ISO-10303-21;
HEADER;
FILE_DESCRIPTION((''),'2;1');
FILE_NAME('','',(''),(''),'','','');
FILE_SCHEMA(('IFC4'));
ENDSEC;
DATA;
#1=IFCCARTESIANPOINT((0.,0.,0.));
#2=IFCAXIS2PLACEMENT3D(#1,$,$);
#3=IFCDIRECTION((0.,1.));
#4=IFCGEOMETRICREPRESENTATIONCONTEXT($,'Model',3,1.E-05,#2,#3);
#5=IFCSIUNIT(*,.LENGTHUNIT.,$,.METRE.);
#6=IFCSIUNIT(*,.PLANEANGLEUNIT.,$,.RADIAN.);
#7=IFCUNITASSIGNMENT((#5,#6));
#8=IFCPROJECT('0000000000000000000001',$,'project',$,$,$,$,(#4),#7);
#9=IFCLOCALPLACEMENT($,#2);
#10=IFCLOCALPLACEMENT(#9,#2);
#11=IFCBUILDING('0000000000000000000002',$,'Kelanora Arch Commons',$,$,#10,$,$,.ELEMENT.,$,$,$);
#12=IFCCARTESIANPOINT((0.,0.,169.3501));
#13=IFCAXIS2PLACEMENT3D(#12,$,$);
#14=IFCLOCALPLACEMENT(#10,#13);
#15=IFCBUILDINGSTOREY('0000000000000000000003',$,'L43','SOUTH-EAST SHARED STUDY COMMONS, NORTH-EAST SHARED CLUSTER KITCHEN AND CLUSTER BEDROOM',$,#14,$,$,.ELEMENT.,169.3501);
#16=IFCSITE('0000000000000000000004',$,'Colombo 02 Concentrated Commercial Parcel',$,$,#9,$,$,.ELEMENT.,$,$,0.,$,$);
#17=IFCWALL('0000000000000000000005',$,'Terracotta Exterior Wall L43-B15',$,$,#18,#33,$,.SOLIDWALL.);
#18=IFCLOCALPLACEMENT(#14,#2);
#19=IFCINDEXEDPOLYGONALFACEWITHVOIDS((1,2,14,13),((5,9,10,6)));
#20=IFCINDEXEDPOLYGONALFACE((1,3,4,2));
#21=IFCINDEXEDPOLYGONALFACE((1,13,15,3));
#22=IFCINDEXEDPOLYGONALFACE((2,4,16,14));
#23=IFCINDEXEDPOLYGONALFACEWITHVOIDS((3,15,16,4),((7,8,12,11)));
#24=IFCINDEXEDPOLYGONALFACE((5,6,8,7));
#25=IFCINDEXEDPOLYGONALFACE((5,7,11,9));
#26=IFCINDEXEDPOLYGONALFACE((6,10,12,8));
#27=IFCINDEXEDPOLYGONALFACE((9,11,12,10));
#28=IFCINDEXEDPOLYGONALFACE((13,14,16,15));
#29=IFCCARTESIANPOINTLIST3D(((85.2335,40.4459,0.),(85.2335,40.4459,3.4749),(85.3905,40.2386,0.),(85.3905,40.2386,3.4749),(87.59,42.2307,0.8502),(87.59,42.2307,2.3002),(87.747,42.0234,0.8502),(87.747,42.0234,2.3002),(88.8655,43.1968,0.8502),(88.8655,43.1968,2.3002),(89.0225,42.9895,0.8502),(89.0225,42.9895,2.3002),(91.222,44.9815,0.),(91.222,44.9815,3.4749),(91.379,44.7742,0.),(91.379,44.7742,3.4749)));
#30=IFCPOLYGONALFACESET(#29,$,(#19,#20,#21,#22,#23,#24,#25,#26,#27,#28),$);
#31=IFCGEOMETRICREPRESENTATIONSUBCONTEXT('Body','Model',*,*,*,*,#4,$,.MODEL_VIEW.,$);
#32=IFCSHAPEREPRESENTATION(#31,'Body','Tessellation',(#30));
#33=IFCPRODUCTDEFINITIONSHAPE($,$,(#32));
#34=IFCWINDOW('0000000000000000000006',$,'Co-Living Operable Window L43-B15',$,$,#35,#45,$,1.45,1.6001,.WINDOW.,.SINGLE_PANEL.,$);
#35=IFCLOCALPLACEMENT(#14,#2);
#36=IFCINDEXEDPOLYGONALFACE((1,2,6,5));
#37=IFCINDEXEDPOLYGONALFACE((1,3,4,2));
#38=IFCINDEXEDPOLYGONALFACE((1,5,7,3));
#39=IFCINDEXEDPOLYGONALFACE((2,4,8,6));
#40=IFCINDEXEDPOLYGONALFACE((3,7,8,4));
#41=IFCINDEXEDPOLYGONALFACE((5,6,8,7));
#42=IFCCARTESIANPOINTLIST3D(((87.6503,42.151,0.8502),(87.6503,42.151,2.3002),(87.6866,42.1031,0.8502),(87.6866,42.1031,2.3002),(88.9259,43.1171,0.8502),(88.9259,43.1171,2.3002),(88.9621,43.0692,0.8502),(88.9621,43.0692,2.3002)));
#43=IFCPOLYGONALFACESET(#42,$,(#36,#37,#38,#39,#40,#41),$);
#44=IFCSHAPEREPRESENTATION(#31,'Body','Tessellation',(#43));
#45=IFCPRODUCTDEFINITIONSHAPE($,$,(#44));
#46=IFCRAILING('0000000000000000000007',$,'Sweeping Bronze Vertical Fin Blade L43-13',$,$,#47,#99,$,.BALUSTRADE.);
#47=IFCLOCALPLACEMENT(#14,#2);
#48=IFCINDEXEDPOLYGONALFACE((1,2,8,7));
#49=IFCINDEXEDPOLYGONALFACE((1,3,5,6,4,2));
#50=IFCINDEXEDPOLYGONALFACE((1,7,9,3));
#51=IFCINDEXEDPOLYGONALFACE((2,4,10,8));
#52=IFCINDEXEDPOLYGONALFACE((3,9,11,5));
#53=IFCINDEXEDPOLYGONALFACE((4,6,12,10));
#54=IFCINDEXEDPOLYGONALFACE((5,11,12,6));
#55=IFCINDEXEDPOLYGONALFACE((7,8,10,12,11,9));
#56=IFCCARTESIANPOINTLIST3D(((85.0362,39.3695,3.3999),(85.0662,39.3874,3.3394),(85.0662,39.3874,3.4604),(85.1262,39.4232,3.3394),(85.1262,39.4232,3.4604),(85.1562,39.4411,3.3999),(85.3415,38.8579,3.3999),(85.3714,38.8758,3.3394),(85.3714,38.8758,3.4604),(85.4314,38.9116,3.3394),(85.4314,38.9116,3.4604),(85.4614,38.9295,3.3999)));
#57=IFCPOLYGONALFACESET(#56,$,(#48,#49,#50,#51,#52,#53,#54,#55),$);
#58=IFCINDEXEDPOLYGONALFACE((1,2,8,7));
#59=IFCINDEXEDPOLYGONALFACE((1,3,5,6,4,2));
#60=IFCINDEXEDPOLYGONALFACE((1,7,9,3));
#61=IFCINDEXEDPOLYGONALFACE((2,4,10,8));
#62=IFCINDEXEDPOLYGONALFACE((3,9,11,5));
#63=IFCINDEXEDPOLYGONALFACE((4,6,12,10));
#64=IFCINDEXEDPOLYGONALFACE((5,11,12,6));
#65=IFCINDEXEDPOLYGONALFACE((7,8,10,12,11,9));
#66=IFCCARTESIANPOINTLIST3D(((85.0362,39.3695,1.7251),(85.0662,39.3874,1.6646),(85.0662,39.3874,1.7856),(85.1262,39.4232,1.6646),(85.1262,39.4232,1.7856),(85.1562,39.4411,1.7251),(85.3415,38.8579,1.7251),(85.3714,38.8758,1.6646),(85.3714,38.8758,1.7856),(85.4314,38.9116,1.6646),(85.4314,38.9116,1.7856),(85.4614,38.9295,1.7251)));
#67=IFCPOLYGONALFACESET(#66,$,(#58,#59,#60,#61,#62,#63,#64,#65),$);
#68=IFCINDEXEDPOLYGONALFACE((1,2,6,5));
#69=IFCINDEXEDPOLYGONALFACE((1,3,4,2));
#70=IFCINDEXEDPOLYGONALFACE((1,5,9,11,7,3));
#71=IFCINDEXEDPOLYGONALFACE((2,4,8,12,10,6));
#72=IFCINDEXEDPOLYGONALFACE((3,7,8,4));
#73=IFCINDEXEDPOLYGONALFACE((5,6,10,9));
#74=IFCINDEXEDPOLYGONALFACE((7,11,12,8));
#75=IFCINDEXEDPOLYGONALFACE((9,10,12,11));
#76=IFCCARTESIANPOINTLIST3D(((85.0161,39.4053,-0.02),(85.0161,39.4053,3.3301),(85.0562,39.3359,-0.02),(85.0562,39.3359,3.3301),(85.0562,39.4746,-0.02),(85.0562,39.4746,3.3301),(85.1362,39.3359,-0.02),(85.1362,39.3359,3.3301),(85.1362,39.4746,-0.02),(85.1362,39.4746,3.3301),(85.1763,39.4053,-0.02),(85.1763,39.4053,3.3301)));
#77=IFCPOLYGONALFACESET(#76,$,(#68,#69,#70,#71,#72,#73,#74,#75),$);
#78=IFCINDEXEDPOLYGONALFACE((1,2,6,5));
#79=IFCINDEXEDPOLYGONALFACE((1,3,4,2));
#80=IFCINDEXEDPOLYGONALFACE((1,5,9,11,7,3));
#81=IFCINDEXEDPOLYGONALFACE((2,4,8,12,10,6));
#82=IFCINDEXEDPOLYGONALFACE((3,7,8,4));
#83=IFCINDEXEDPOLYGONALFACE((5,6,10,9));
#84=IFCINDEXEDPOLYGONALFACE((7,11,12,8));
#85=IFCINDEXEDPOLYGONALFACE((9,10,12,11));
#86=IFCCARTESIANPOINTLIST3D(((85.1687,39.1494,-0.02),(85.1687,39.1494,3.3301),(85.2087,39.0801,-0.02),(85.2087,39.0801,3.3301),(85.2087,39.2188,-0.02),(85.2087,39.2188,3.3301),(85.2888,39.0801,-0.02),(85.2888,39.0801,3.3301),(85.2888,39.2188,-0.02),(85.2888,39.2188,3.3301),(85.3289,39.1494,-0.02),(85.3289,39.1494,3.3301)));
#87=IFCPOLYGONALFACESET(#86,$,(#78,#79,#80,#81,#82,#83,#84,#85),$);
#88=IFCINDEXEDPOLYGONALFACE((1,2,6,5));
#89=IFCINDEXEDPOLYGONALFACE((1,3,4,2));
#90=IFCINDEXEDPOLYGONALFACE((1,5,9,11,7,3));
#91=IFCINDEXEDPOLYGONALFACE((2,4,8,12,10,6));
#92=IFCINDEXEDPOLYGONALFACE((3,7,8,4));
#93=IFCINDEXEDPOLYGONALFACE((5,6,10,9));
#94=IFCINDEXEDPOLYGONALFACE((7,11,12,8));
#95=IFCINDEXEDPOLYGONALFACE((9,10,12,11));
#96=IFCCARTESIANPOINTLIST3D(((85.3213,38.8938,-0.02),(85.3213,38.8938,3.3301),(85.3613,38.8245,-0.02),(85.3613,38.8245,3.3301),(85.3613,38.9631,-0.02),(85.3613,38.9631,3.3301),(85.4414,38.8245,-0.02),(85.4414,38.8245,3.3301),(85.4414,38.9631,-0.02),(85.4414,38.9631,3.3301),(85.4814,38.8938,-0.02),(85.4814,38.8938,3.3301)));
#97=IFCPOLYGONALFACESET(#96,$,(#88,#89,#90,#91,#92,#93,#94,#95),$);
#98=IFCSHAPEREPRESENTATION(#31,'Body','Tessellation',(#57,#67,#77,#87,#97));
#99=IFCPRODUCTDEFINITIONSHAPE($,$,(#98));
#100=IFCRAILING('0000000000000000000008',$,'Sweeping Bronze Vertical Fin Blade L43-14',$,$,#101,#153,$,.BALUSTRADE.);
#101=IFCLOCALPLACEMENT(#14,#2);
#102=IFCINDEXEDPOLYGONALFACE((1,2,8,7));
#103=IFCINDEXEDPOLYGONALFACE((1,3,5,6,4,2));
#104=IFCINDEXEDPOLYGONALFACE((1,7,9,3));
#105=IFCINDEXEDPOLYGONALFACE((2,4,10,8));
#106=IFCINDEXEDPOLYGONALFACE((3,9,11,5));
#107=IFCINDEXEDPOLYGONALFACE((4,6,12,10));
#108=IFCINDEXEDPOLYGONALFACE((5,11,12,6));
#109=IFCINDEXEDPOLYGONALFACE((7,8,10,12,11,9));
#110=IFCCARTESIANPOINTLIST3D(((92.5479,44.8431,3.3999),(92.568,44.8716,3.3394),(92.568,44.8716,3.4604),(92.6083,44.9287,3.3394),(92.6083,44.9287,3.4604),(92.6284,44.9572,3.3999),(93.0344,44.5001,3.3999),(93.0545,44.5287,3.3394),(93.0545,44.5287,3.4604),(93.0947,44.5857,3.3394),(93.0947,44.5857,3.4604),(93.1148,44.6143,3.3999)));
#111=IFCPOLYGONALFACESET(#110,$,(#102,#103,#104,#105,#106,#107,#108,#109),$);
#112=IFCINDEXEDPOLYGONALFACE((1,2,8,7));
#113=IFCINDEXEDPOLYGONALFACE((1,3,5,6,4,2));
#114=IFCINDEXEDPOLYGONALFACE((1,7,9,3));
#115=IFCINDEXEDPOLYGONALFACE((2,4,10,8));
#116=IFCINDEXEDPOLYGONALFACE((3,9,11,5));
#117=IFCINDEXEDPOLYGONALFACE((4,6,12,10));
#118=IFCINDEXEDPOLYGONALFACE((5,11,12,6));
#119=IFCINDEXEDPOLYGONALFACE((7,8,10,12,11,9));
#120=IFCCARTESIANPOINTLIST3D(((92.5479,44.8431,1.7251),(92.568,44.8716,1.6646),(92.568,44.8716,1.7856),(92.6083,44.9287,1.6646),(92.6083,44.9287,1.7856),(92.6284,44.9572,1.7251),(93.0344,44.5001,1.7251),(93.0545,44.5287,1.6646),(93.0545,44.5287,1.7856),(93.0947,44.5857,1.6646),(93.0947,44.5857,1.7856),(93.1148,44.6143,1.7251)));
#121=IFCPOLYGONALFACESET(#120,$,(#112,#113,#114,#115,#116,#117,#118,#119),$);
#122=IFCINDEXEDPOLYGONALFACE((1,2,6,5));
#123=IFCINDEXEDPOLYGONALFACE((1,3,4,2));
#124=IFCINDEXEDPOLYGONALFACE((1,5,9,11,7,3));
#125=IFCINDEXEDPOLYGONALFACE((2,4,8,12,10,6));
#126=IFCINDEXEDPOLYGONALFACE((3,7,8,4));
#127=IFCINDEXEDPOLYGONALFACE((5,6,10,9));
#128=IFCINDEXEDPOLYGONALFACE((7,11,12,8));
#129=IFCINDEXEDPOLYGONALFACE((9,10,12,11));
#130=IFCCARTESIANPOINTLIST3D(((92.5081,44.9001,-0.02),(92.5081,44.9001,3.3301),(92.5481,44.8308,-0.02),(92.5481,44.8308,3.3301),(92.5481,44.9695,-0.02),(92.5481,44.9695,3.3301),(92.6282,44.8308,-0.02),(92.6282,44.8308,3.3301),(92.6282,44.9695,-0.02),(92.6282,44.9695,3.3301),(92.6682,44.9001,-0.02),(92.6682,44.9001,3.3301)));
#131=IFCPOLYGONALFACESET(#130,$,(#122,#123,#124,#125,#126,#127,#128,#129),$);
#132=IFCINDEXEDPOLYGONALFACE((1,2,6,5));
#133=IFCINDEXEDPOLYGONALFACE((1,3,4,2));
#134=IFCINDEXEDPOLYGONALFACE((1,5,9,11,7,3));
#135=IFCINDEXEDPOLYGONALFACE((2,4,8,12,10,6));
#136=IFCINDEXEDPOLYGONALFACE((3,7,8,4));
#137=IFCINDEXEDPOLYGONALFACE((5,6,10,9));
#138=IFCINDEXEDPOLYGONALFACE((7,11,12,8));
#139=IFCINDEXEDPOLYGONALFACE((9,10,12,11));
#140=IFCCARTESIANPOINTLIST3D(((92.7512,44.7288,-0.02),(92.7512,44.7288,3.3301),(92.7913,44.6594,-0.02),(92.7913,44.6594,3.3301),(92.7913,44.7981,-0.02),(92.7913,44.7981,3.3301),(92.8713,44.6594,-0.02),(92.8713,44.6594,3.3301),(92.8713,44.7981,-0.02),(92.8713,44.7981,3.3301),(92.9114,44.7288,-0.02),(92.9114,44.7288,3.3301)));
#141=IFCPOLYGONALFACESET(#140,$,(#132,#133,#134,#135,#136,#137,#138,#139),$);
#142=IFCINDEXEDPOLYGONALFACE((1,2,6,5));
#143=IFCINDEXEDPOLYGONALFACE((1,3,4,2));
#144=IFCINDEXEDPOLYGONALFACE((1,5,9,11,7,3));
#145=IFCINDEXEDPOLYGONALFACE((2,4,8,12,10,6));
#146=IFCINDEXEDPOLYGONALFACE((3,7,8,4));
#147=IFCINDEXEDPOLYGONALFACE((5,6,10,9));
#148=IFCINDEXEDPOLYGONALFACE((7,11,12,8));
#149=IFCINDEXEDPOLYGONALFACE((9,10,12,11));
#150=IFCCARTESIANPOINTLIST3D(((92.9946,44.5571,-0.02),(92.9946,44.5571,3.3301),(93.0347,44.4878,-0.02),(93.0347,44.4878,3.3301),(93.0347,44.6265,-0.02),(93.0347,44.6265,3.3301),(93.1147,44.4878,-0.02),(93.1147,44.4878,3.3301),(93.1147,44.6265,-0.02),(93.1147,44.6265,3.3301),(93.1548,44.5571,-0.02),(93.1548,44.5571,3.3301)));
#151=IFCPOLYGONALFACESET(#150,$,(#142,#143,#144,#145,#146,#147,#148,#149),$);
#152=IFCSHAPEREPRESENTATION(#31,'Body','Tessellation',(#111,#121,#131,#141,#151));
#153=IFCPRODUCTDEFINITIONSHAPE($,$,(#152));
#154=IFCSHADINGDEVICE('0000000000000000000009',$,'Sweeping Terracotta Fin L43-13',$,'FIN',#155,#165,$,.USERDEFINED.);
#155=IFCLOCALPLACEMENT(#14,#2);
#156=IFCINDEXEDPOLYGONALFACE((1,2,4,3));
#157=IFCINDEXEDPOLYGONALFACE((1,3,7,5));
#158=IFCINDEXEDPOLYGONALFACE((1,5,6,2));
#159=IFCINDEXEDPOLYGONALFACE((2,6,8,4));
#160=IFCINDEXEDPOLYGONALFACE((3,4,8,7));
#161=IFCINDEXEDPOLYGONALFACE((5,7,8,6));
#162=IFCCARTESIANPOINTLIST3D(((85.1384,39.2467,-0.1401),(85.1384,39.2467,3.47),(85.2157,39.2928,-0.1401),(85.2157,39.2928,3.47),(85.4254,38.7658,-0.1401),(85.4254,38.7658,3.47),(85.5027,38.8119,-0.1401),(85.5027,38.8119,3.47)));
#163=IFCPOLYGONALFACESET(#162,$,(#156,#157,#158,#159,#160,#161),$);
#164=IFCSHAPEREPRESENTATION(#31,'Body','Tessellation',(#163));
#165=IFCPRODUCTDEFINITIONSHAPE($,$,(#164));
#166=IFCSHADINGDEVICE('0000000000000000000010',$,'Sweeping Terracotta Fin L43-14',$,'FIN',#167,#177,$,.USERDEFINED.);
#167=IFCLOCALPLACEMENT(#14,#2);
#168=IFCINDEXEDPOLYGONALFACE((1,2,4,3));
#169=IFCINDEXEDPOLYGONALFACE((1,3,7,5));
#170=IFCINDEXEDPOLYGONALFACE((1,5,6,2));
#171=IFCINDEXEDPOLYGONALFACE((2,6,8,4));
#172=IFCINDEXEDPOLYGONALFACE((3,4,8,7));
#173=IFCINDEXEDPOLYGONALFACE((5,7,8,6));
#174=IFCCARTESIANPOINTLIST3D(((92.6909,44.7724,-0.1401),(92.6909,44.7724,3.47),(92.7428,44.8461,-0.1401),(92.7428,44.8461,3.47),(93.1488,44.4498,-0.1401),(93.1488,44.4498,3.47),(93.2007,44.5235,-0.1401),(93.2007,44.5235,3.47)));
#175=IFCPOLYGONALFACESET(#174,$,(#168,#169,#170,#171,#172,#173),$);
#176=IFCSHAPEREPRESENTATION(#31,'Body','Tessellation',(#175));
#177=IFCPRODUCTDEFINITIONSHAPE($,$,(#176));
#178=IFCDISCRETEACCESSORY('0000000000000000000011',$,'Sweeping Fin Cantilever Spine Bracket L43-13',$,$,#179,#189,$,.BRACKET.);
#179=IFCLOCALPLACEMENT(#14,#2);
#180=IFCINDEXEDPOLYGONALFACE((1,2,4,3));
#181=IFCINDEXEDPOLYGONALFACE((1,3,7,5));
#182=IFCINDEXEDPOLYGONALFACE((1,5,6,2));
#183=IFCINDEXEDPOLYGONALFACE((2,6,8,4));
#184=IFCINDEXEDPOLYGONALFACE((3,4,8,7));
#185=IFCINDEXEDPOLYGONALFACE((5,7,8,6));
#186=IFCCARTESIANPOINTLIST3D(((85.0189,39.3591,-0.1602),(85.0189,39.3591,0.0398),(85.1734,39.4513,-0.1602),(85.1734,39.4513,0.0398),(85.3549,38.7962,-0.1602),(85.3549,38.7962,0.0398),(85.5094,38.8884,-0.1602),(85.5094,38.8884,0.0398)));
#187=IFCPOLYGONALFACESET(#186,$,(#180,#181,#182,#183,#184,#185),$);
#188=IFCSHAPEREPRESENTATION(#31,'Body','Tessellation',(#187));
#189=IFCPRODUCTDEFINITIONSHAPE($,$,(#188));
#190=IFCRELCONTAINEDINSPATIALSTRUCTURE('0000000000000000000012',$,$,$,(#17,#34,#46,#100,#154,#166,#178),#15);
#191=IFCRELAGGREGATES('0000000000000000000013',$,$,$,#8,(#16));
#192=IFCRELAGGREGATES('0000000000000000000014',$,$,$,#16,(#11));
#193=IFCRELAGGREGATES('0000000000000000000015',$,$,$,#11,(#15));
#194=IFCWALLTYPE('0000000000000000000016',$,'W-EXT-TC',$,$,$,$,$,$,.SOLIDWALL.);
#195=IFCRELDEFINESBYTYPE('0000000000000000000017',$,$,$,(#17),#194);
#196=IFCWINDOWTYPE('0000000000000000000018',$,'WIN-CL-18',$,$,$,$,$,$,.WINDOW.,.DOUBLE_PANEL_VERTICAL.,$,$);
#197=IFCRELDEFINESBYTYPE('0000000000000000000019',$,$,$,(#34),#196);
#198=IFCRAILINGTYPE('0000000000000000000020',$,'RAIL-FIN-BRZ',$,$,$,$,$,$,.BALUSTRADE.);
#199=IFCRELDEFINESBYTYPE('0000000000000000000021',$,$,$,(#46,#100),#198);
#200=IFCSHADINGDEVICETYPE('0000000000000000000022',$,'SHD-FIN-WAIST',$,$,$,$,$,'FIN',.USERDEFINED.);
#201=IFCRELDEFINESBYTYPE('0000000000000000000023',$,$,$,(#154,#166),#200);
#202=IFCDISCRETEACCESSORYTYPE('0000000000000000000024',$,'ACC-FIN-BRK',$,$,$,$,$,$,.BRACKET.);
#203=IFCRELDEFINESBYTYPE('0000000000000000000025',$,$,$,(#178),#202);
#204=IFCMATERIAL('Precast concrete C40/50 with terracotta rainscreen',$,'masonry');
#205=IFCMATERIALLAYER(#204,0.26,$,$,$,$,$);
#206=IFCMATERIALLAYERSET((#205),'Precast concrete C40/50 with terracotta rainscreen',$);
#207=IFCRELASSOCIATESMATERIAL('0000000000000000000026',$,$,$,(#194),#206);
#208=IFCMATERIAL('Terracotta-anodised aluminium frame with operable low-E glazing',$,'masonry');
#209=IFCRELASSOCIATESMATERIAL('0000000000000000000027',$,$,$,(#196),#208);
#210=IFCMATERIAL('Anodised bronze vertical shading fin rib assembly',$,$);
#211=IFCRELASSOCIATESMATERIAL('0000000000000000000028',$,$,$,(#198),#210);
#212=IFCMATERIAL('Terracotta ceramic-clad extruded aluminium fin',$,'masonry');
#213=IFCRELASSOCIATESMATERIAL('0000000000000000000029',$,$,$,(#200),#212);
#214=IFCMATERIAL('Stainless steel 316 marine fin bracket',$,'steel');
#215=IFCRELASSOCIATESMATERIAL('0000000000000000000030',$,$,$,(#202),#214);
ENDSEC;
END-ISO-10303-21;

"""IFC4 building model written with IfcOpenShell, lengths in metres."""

from ifc_helpers import new_model, si_unit, direction, frame, frame_2d, origin, origin_2d, place, context, subcontext, project, spatial, polyline, rectangle, outline, extrude, source, transform, mapped, material, layer, layer_set, type_object, element, fill, save


model = new_model("IFC4")

# Units and contexts
model_context = context("Model", 3, precision=1e-05, world=origin(), true_north=direction((0.0, 1.0)))
body_context = subcontext(model_context, "Body", "Model", "MODEL_VIEW")
ifc_project = project(units=[si_unit("LENGTHUNIT", "METRE"), si_unit("PLANEANGLEUNIT", "RADIAN")], contexts=[model_context])

# Site, building, storey
site_placement = place(None, origin())
site = spatial("IfcSite", under=ifc_project, at=site_placement, Name="Colombo 02 Concentrated Commercial Parcel", CompositionType="ELEMENT", RefElevation=0.0)
building_placement = place(site_placement, origin())
building = spatial("IfcBuilding", under=site, at=building_placement, Name="Kelanora Arch Commons", CompositionType="ELEMENT")
storey_placement = place(building_placement, frame((0.0, 0.0, 169.3501)))
storey = spatial("IfcBuildingStorey", under=building, at=storey_placement, Name="L43", Description="SOUTH-EAST SHARED STUDY COMMONS, NORTH-EAST SHARED CLUSTER KITCHEN AND CLUSTER BEDROOM", CompositionType="ELEMENT", Elevation=169.3501)

# Wall, opening, window
ifc_material_1 = material(Name="Precast concrete C40/50 with terracotta rainscreen", Category="masonry")
ifc_layer_1 = layer(ifc_material_1, 0.26)
ifc_layer_set_1 = layer_set([ifc_layer_1], Name="Precast concrete C40/50 with terracotta rainscreen")
wall_type = type_object("IfcWallType", Name="W-EXT-TC", PredefinedType="SOLIDWALL", material=ifc_layer_set_1)
wall_placement = place(storey_placement, frame((85.312, 40.3423, 0.0), z_axis=(0.0, 0.0, 1.0), x_axis=(0.797164, 0.603763, 0.0)))
wall = element("IfcWall", 1, at=wall_placement, inside=storey, type_object=wall_type, Name="Terracotta Exterior Wall L43-B15", PredefinedType="SOLIDWALL", context=body_context, shape_type="SweptSolid", body=[
    extrude(rectangle(XDim=7.5122, YDim=0.26, at=frame_2d((3.7561, 0.0))), origin(), (0.0, 0.0, 1.0), 3.4749),
])
opening_placement = place(wall_placement, frame((2.9561, 0.0, 0.8501)))
opening = element("IfcOpeningElement", 2, at=opening_placement, cuts=wall, PredefinedType="OPENING", context=body_context, shape_type="SweptSolid", body=[
    extrude(rectangle(XDim=1.6001, YDim=1.45, at=frame_2d((0.8, 0.7251))), frame((0.0, 0.1401, 0.0), z_axis=(0.0, -1.0, 0.0), x_axis=(1.0, 0.0, 0.0)), (0.0, 0.0, 1.0), 0.28),
])
ifc_material_2 = material(Name="Terracotta-anodised aluminium frame with operable low-E glazing", Category="masonry")
window_type = type_object("IfcWindowType", Name="WIN-CL-18", PartitioningType="DOUBLE_PANEL_VERTICAL", PredefinedType="WINDOW", material=ifc_material_2)
window_placement = place(opening_placement, origin())
window = element("IfcWindow", 3, at=window_placement, inside=storey, type_object=window_type, Name="Co-Living Operable Window L43-B15", OverallHeight=1.45, OverallWidth=1.6001, PartitioningType="SINGLE_PANEL", PredefinedType="WINDOW", context=body_context, shape_type="SweptSolid", body=[
    extrude(rectangle(XDim=1.6001, YDim=1.45, at=frame_2d((0.8, 0.7251))), frame((0.0, 0.03, 0.0), z_axis=(0.0, -1.0, 0.0), x_axis=(1.0, 0.0, 0.0)), (0.0, 0.0, 1.0), 0.0601),
])
fill(opening, window)

# Railings
ifc_material_3 = material(Name="Anodised bronze vertical shading fin rib assembly")
railing_type = type_object("IfcRailingType", Name="RAIL-FIN-BRZ", PredefinedType="BALUSTRADE", material=ifc_material_3)
railing_1_placement = place(storey_placement, frame((85.0962, 39.4053, -0.02)))
element("IfcRailing", 4, at=railing_1_placement, inside=storey, type_object=railing_type, Name="Sweeping Bronze Vertical Fin Blade L43-13", PredefinedType="BALUSTRADE", context=body_context, shape_type="SweptSolid", body=[
    extrude(outline(polyline([(0.0698, 0.0), (0.0349, 0.0605), (-0.0349, 0.0605), (-0.0698, 0.0), (-0.0349, -0.0605), (0.0349, -0.0605), (0.0698, 0.0)])), frame((0.0, 0.0, 3.4199), z_axis=(0.512384, -0.858756, 0.0), x_axis=(0.858756, 0.512384, 0.0)), (0.0, 0.0, 1.0), 0.5957),
    extrude(outline(polyline([(0.0698, 0.0), (0.0349, 0.0605), (-0.0349, 0.0605), (-0.0698, 0.0), (-0.0349, -0.0605), (0.0349, -0.0605), (0.0698, 0.0)])), frame((0.0, 0.0, 1.7451), z_axis=(0.512384, -0.858756, 0.0), x_axis=(0.858756, 0.512384, 0.0)), (0.0, 0.0, 1.0), 0.5957),
    extrude(outline(polyline([(0.0801, 0.0), (0.04, 0.0693), (-0.04, 0.0693), (-0.0801, 0.0), (-0.04, -0.0693), (0.04, -0.0693), (0.0801, 0.0)])), origin(), (0.0, 0.0, 1.0), 3.3501),
    extrude(outline(polyline([(0.0801, 0.0), (0.04, 0.0693), (-0.04, 0.0693), (-0.0801, 0.0), (-0.04, -0.0693), (0.04, -0.0693), (0.0801, 0.0)])), frame((0.1526, -0.2559, 0.0)), (0.0, 0.0, 1.0), 3.3501),
    extrude(outline(polyline([(0.0801, 0.0), (0.04, 0.0693), (-0.04, 0.0693), (-0.0801, 0.0), (-0.04, -0.0693), (0.04, -0.0693), (0.0801, 0.0)])), frame((0.3052, -0.5115, 0.0)), (0.0, 0.0, 1.0), 3.3501),
])
railing_2_placement = place(storey_placement, frame((92.5881, 44.9001, -0.02)))
element("IfcRailing", 5, at=railing_2_placement, inside=storey, type_object=railing_type, Name="Sweeping Bronze Vertical Fin Blade L43-14", PredefinedType="BALUSTRADE", context=body_context, shape_type="SweptSolid", body=[
    extrude(outline(polyline([(0.0698, 0.0), (0.0349, 0.0605), (-0.0349, 0.0605), (-0.0698, 0.0), (-0.0349, -0.0605), (0.0349, -0.0605), (0.0698, 0.0)])), frame((0.0, 0.0, 3.4199), z_axis=(0.81732, -0.576184, 0.0), x_axis=(0.576184, 0.81732, 0.0)), (0.0, 0.0, 1.0), 0.5952),
    extrude(outline(polyline([(0.0698, 0.0), (0.0349, 0.0605), (-0.0349, 0.0605), (-0.0698, 0.0), (-0.0349, -0.0605), (0.0349, -0.0605), (0.0698, 0.0)])), frame((0.0, 0.0, 1.7451), z_axis=(0.81732, -0.576184, 0.0), x_axis=(0.576184, 0.81732, 0.0)), (0.0, 0.0, 1.0), 0.5952),
    extrude(outline(polyline([(0.0801, 0.0), (0.04, 0.0693), (-0.04, 0.0693), (-0.0801, 0.0), (-0.04, -0.0693), (0.04, -0.0693), (0.0801, 0.0)])), origin(), (0.0, 0.0, 1.0), 3.3501),
    extrude(outline(polyline([(0.0801, 0.0), (0.04, 0.0693), (-0.04, 0.0693), (-0.0801, 0.0), (-0.04, -0.0693), (0.04, -0.0693), (0.0801, 0.0)])), frame((0.2432, -0.1714, 0.0)), (0.0, 0.0, 1.0), 3.3501),
    extrude(outline(polyline([(0.0801, 0.0), (0.04, 0.0693), (-0.04, 0.0693), (-0.0801, 0.0), (-0.04, -0.0693), (0.04, -0.0693), (0.0801, 0.0)])), frame((0.4866, -0.343, 0.0)), (0.0, 0.0, 1.0), 3.3501),
])

# Shading devices
ifc_material_4 = material(Name="Terracotta ceramic-clad extruded aluminium fin", Category="masonry")
shading_device_type = type_object("IfcShadingDeviceType", Name="SHD-FIN-WAIST", ElementType="FIN", PredefinedType="USERDEFINED", material=ifc_material_4)
shared_shape_1 = source(origin(), body_context, "Body", "SweptSolid", [
    extrude(rectangle(XDim=0.5601, YDim=0.0901, at=origin_2d()), origin(), (0.0, 0.0, 1.0), 3.6101),
])
for number, where, z_axis, x_axis, name in (
    (6, (85.3206, 39.0293, -0.1401), (0.0, 0.0, 1.0), (0.512493, -0.858692, 0.0), "Sweeping Terracotta Fin L43-13"),
    (7, (92.9458, 44.6479, -0.1401), (0.0, 0.0, 1.0), (0.817447, -0.576004, 0.0), "Sweeping Terracotta Fin L43-14"),
):
    element("IfcShadingDevice", number, at=place(storey_placement, frame(where, z_axis=z_axis, x_axis=x_axis)), inside=storey, type_object=shading_device_type, Name=name, ObjectType="FIN", PredefinedType="USERDEFINED", context=body_context, shape_type="MappedRepresentation", body=[
        mapped(shared_shape_1, transform((0.0, 0.0, 0.0), scale=1.0)),
    ])

# Discrete accessory
ifc_material_5 = material(Name="Stainless steel 316 marine fin bracket", Category="steel")
discrete_accessory_type = type_object("IfcDiscreteAccessoryType", Name="ACC-FIN-BRK", PredefinedType="BRACKET", material=ifc_material_5)
shared_shape_2 = source(origin(), body_context, "Body", "SweptSolid", [
    extrude(rectangle(XDim=0.6555, YDim=0.1799, at=origin_2d()), origin(), (0.0, 0.0, 1.0), 0.2),
])
for number, where, z_axis, x_axis, name in (
    (8, (85.2642, 39.1238, -0.1602), (0.0, 0.0, 1.0), (0.512493, -0.858692, 0.0), "Sweeping Fin Cantilever Spine Bracket L43-13"),
):
    element("IfcDiscreteAccessory", number, at=place(storey_placement, frame(where, z_axis=z_axis, x_axis=x_axis)), inside=storey, type_object=discrete_accessory_type, Name=name, PredefinedType="BRACKET", context=body_context, shape_type="MappedRepresentation", body=[
        mapped(shared_shape_2, transform((0.0, 0.0, 0.0), scale=1.0)),
    ])

save(model, "model.ifc")
